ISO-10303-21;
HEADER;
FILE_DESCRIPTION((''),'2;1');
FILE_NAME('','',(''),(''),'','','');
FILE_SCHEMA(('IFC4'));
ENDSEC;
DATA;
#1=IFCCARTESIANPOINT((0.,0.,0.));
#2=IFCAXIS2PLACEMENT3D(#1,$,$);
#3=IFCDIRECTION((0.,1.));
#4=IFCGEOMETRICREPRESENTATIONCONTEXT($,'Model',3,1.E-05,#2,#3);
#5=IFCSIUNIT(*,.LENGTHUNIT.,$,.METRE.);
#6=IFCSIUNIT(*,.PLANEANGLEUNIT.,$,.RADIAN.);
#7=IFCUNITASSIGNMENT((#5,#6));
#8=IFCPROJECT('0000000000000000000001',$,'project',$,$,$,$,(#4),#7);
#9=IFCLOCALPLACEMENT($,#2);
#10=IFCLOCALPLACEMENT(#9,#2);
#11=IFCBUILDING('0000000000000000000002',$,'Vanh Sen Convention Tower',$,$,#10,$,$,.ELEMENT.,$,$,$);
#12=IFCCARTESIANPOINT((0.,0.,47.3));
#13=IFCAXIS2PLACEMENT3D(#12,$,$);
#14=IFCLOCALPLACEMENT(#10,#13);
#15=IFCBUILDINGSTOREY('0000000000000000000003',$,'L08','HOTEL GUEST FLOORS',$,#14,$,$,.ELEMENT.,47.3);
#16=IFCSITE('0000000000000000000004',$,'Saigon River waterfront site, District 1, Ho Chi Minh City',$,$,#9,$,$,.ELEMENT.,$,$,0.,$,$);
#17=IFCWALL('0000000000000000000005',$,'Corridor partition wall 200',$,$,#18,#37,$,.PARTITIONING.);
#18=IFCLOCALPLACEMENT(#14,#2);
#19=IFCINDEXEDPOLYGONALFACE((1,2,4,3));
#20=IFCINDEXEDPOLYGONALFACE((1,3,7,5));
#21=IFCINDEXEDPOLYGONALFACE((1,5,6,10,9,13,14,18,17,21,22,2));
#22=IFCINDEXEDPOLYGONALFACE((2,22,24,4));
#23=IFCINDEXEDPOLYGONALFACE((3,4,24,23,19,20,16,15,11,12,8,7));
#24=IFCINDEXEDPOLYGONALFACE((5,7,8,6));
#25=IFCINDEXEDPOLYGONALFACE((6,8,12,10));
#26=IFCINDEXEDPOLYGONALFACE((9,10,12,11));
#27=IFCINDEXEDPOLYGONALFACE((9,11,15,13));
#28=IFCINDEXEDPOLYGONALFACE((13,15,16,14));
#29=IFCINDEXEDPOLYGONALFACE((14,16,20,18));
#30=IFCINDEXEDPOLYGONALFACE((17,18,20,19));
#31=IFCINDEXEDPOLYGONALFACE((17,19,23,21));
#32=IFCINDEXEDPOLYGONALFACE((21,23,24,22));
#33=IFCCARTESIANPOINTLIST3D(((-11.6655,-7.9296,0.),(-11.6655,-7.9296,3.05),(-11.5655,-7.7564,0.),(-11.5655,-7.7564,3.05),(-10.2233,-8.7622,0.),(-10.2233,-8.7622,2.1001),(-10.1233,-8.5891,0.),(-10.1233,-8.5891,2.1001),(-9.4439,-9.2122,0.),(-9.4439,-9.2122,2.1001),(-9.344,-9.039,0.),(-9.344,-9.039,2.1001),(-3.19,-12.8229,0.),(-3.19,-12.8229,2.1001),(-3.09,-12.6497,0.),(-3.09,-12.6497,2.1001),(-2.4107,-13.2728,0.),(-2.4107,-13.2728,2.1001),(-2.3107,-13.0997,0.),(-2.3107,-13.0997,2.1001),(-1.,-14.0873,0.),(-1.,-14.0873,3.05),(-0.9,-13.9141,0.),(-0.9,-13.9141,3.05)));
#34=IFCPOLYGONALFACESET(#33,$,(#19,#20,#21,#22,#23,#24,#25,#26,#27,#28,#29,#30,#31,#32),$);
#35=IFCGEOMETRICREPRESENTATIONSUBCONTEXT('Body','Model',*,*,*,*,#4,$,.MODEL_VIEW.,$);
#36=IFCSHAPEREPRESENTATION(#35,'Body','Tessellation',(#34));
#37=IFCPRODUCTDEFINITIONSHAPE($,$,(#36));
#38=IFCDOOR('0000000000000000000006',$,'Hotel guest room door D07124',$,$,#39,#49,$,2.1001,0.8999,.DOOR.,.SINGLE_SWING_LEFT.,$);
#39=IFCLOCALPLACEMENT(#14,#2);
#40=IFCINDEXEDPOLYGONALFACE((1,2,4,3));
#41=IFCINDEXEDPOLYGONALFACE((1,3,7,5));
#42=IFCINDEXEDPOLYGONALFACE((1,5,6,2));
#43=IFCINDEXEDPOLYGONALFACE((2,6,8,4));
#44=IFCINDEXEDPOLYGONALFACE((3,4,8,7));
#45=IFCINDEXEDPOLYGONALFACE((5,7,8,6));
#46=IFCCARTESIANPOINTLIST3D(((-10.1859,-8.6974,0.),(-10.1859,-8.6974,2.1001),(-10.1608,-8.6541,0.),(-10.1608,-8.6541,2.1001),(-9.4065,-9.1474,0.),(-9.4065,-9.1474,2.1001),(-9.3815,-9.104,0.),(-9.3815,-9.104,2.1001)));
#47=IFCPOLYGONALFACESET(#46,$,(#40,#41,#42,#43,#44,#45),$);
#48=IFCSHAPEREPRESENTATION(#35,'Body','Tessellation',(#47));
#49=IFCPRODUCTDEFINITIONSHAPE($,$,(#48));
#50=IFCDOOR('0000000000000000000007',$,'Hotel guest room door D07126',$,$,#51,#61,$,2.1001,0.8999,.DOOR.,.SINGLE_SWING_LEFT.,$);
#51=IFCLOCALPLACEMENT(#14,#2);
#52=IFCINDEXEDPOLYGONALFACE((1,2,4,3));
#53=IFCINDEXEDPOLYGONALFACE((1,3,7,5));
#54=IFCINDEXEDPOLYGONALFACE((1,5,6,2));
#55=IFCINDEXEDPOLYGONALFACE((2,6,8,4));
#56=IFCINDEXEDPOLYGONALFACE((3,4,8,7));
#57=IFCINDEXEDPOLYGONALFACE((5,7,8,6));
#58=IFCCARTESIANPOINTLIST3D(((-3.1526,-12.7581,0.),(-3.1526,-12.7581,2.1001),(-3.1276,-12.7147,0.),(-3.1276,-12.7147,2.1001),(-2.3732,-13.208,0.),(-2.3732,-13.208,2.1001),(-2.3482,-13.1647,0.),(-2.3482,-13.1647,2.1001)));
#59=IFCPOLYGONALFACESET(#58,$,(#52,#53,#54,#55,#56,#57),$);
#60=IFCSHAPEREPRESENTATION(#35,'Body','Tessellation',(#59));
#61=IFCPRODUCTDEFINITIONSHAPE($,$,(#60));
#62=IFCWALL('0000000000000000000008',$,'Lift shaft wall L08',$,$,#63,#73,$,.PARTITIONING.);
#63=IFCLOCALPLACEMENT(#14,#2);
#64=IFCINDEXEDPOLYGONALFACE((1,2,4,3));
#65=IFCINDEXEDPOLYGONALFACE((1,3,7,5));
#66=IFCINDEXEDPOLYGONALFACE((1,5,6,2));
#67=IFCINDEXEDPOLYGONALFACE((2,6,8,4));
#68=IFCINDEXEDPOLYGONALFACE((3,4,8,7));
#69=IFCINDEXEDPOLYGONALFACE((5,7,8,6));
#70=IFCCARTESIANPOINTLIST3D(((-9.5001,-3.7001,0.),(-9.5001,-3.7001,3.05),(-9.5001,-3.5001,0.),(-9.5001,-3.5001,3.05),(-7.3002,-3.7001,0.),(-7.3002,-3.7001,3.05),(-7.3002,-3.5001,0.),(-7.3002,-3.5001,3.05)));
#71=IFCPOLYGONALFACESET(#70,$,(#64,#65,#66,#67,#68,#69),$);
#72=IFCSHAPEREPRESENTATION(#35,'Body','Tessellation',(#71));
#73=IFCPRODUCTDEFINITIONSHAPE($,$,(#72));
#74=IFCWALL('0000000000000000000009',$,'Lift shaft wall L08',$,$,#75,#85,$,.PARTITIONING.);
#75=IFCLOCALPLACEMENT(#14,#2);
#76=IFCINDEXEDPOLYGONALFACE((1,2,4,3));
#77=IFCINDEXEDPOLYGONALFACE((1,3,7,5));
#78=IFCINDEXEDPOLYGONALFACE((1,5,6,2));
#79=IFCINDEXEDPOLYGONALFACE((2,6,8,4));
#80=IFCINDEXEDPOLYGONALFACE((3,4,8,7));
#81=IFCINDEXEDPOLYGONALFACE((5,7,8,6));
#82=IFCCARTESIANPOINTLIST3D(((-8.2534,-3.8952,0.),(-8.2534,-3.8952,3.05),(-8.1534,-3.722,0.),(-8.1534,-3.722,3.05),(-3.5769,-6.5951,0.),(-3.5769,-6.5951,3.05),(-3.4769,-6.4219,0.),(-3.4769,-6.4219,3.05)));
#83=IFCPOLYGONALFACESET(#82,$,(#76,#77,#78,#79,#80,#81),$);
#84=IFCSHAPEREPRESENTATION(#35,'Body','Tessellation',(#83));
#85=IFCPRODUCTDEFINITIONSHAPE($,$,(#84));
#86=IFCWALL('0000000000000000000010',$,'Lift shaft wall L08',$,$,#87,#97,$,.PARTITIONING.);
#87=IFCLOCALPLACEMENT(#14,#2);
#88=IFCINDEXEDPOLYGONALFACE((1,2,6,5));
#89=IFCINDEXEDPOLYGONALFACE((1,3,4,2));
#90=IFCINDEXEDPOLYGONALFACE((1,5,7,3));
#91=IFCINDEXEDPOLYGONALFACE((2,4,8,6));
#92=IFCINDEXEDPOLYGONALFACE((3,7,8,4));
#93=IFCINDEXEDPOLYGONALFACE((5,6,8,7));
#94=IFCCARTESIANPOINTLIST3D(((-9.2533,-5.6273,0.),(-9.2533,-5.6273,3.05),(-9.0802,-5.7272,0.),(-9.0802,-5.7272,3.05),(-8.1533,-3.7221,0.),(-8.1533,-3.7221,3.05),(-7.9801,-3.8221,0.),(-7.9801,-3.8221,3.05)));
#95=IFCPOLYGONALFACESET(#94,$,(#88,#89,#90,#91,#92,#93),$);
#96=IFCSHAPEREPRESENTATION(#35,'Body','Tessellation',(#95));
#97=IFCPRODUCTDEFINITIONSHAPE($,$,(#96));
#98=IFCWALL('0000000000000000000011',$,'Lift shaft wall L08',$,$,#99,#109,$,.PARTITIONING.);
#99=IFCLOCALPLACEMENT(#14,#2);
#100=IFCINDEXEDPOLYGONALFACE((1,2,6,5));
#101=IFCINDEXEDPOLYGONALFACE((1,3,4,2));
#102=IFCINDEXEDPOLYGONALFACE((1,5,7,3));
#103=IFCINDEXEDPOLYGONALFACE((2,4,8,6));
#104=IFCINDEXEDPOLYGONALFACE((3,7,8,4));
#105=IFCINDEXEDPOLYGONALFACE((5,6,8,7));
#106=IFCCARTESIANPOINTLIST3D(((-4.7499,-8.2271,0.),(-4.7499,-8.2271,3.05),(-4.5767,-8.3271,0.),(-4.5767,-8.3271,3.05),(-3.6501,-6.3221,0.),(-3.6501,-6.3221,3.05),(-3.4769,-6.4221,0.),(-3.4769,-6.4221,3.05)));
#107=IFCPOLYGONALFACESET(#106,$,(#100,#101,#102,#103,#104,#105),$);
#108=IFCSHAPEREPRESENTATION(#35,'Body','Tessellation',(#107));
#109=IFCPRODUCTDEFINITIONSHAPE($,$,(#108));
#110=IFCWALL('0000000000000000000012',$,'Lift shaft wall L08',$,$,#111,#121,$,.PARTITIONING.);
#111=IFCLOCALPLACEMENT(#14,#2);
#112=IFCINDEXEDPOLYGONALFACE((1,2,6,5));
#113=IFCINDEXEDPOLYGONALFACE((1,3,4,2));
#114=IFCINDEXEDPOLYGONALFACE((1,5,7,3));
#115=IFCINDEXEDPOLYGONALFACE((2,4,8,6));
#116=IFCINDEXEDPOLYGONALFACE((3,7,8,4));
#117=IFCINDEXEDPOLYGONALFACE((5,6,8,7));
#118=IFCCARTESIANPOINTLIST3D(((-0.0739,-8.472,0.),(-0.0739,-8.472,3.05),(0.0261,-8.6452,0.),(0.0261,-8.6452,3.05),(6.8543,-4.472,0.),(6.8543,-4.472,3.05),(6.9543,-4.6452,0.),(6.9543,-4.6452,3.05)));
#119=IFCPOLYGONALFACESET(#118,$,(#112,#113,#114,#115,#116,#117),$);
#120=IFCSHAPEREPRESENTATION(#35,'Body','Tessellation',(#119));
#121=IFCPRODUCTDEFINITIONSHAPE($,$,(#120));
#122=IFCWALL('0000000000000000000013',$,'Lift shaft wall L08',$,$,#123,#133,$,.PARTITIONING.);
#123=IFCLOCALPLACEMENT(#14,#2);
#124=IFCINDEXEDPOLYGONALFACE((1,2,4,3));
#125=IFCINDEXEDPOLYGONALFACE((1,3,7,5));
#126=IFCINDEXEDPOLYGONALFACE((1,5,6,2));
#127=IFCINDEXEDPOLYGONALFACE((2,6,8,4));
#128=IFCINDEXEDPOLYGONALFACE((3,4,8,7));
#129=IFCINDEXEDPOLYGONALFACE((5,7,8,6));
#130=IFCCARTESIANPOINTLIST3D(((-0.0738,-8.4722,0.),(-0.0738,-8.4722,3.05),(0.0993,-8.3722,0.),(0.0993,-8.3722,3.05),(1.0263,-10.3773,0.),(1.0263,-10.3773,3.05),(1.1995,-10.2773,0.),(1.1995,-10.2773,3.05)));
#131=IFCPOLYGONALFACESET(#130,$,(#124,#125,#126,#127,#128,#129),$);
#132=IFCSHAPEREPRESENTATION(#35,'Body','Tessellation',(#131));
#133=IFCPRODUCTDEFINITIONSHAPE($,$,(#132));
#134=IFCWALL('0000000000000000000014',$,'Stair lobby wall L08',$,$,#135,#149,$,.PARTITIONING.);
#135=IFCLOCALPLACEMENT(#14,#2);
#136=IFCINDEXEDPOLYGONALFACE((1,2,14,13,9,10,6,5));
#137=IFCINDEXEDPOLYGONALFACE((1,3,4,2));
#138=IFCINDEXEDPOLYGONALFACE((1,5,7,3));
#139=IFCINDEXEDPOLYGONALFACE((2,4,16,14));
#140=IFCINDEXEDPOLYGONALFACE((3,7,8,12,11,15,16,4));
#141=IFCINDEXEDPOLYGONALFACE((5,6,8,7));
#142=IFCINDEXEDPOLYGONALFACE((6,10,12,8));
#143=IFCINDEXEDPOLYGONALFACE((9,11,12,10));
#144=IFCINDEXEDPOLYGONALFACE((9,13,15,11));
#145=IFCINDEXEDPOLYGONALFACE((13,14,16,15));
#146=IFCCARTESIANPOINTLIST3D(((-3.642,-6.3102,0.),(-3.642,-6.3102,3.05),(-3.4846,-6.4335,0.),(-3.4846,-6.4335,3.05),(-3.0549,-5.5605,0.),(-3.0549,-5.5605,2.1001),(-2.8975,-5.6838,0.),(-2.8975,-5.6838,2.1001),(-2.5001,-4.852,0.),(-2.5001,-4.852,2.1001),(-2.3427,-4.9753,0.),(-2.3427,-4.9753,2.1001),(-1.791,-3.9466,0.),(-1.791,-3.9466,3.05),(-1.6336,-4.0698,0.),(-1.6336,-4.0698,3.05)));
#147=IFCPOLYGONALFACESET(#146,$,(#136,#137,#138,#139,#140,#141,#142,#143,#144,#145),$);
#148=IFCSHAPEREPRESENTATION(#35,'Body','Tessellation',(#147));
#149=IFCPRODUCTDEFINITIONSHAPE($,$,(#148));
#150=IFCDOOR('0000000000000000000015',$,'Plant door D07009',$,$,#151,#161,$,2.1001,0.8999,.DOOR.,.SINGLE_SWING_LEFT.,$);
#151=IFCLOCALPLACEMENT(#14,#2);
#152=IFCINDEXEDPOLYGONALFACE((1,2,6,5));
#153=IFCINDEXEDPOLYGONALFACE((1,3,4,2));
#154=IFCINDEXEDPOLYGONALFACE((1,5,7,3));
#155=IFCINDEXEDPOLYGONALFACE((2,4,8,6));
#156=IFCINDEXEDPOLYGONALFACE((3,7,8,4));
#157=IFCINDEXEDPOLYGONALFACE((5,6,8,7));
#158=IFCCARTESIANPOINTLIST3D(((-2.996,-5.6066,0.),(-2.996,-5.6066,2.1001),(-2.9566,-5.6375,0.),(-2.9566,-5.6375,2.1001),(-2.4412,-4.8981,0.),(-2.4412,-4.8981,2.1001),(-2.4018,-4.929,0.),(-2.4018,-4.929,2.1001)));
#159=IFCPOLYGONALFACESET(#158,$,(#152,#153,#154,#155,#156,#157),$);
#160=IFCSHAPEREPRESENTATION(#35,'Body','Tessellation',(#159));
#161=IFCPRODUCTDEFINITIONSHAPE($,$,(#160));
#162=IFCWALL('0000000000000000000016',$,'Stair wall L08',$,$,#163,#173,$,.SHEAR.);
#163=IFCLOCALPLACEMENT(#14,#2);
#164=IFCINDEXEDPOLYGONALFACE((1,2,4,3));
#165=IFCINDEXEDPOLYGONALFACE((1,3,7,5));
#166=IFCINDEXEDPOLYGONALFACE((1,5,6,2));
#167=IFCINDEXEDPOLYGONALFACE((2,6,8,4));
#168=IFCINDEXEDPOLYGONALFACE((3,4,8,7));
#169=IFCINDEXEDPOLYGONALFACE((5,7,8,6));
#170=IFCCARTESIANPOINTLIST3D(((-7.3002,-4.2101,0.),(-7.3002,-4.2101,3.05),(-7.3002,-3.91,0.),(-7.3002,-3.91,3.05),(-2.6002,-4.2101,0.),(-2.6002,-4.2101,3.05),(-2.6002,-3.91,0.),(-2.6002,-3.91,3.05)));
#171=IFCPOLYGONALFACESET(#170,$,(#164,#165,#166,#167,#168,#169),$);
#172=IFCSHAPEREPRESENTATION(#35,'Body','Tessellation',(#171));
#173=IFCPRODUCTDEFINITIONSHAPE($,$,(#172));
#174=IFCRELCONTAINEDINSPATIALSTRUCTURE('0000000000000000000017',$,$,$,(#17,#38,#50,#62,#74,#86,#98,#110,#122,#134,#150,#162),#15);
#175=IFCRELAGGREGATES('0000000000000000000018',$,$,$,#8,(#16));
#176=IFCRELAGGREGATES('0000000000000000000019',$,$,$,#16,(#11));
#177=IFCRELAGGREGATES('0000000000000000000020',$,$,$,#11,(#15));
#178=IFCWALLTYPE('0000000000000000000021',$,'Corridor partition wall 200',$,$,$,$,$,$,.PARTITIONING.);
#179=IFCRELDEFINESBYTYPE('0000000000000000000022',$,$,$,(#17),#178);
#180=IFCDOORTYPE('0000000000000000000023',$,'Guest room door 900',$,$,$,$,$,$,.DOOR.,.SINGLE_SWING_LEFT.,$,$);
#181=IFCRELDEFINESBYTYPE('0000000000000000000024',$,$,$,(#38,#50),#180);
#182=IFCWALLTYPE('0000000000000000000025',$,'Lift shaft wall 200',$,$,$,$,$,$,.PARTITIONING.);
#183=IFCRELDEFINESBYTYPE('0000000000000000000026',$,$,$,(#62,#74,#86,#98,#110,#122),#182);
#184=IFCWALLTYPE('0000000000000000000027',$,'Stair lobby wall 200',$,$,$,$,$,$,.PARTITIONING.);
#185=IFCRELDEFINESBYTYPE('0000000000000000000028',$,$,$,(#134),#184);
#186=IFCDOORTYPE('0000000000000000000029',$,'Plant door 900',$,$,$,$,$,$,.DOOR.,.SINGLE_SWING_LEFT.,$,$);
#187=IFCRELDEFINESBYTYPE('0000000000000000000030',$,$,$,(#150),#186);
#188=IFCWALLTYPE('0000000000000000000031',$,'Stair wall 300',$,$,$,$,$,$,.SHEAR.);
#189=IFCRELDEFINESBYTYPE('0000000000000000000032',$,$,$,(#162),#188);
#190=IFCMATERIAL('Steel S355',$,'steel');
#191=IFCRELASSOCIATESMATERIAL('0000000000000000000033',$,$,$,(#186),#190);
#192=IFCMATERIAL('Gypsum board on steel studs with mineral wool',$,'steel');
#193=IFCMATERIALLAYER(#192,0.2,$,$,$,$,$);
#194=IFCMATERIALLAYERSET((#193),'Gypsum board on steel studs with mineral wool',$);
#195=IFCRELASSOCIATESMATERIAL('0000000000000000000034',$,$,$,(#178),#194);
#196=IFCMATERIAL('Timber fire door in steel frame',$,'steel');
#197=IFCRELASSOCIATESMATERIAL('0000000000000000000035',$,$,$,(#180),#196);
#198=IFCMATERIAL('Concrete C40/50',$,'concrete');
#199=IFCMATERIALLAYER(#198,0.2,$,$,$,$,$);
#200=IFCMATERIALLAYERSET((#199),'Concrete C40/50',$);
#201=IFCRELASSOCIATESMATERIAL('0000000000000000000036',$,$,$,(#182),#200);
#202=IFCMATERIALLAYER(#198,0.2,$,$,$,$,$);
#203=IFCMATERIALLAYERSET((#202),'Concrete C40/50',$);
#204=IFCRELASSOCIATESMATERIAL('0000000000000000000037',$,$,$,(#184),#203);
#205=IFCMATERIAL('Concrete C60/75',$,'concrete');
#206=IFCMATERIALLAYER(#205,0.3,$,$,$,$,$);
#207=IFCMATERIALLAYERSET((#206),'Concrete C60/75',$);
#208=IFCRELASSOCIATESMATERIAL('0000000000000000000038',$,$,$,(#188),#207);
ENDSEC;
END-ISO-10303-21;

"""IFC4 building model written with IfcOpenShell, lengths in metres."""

from ifc_helpers import new_model, si_unit, direction, frame, frame_2d, origin, place, context, subcontext, project, spatial, rectangle, extrude, material, layer, layer_set, type_object, element, fill, save


model = new_model("IFC4")

# Units and contexts
model_context = context("Model", 3, precision=1e-05, world=origin(), true_north=direction((0.0, 1.0)))
body_context = subcontext(model_context, "Body", "Model", "MODEL_VIEW")
ifc_project = project(units=[si_unit("LENGTHUNIT", "METRE"), si_unit("PLANEANGLEUNIT", "RADIAN")], contexts=[model_context])

# Site, building, storey
site_placement = place(None, origin())
site = spatial("IfcSite", under=ifc_project, at=site_placement, Name="Saigon River waterfront site, District 1, Ho Chi Minh City", CompositionType="ELEMENT", RefElevation=0.0)
building_placement = place(site_placement, origin())
building = spatial("IfcBuilding", under=site, at=building_placement, Name="Vanh Sen Convention Tower", CompositionType="ELEMENT")
storey_placement = place(building_placement, frame((0.0, 0.0, 47.3)))
storey = spatial("IfcBuildingStorey", under=building, at=storey_placement, Name="L08", Description="HOTEL GUEST FLOORS", CompositionType="ELEMENT", Elevation=47.3)

# Shared definitions
ifc_material_1 = material(Name="Concrete C40/50", Category="concrete")

# Shared definitions
ifc_material_2 = material(Name="Steel S355", Category="steel")
door_type_1 = type_object("IfcDoorType", Name="Plant door 900", OperationType="SINGLE_SWING_LEFT", PredefinedType="DOOR", material=ifc_material_2)

# Shared definitions
ifc_material_3 = material(Name="Gypsum board on steel studs with mineral wool", Category="steel")
ifc_layer_1 = layer(ifc_material_3, 0.2)
ifc_layer_set_1 = layer_set([ifc_layer_1], Name="Gypsum board on steel studs with mineral wool")
wall_type_1 = type_object("IfcWallType", Name="Corridor partition wall 200", PredefinedType="PARTITIONING", material=ifc_layer_set_1)
ifc_material_4 = material(Name="Timber fire door in steel frame", Category="steel")
door_type_2 = type_object("IfcDoorType", Name="Guest room door 900", OperationType="SINGLE_SWING_LEFT", PredefinedType="DOOR", material=ifc_material_4)

# Wall, openings, doors
wall_1_placement = place(storey_placement, frame((-11.6155, -7.843, 0.0), z_axis=(0.0, 0.0, 1.0), x_axis=(0.866026, -0.499998, 0.0)))
wall_1 = element("IfcWall", 1, at=wall_1_placement, inside=storey, type_object=wall_type_1, Name="Corridor partition wall 200", PredefinedType="PARTITIONING", context=body_context, shape_type="SweptSolid", body=[
    extrude(rectangle(XDim=12.3154, YDim=0.2, at=frame_2d((6.1577, 0.0))), origin(), (0.0, 0.0, 1.0), 3.05),
])
opening_1_placement = place(wall_1_placement, frame((1.6653, 0.0, 0.0)))
opening_1 = element("IfcOpeningElement", 2, at=opening_1_placement, cuts=wall_1, PredefinedType="OPENING", context=body_context, shape_type="SweptSolid", body=[
    extrude(rectangle(XDim=0.8999, YDim=2.1001, at=frame_2d((0.45, 1.05))), frame((0.0, 0.1099, 0.0), z_axis=(0.0, -1.0, 0.0), x_axis=(1.0, 0.0, 0.0)), (0.0, 0.0, 1.0), 0.22),
])
opening_2_placement = place(wall_1_placement, frame((9.7866, 0.0, 0.0)))
opening_2 = element("IfcOpeningElement", 3, at=opening_2_placement, cuts=wall_1, PredefinedType="OPENING", context=body_context, shape_type="SweptSolid", body=[
    extrude(rectangle(XDim=0.8999, YDim=2.1001, at=frame_2d((0.45, 1.05))), frame((0.0, 0.1099, 0.0), z_axis=(0.0, -1.0, 0.0), x_axis=(1.0, 0.0, 0.0)), (0.0, 0.0, 1.0), 0.22),
])
door_1_placement = place(opening_1_placement, origin())
door_1 = element("IfcDoor", 4, at=door_1_placement, inside=storey, type_object=door_type_2, Name="Hotel guest room door D07124", OperationType="SINGLE_SWING_LEFT", OverallHeight=2.1001, OverallWidth=0.8999, PredefinedType="DOOR", context=body_context, shape_type="SweptSolid", body=[
    extrude(rectangle(XDim=0.8999, YDim=2.1001, at=frame_2d((0.45, 1.05))), frame((0.0, 0.0249, 0.0), z_axis=(0.0, -1.0, 0.0), x_axis=(1.0, 0.0, 0.0)), (0.0, 0.0, 1.0), 0.05),
])
fill(opening_1, door_1)
door_2_placement = place(opening_2_placement, origin())
door_2 = element("IfcDoor", 5, at=door_2_placement, inside=storey, type_object=door_type_2, Name="Hotel guest room door D07126", OperationType="SINGLE_SWING_LEFT", OverallHeight=2.1001, OverallWidth=0.8999, PredefinedType="DOOR", context=body_context, shape_type="SweptSolid", body=[
    extrude(rectangle(XDim=0.8999, YDim=2.1001, at=frame_2d((0.45, 1.05))), frame((0.0, 0.0249, 0.0), z_axis=(0.0, -1.0, 0.0), x_axis=(1.0, 0.0, 0.0)), (0.0, 0.0, 1.0), 0.05),
])
fill(opening_2, door_2)

# Walls
ifc_layer_2 = layer(ifc_material_1, 0.2)
ifc_layer_set_2 = layer_set([ifc_layer_2], Name="Concrete C40/50")
wall_type_2 = type_object("IfcWallType", Name="Lift shaft wall 200", PredefinedType="PARTITIONING", material=ifc_layer_set_2)
wall_2_placement = place(storey_placement, frame((-7.3, -3.6001, 0.0), z_axis=(0.0, 0.0, 1.0), x_axis=(-1.0, 0.0, 0.0)))
element("IfcWall", 6, at=wall_2_placement, inside=storey, type_object=wall_type_2, Name="Lift shaft wall L08", PredefinedType="PARTITIONING", context=body_context, shape_type="SweptSolid", body=[
    extrude(rectangle(XDim=2.2, YDim=0.2, at=frame_2d((1.1001, 0.0))), origin(), (0.0, 0.0, 1.0), 3.05),
])
wall_3_placement = place(storey_placement, frame((-8.2034, -3.8086, 0.0), z_axis=(0.0, 0.0, 1.0), x_axis=(0.866028, -0.499995, 0.0)))
element("IfcWall", 7, at=wall_3_placement, inside=storey, type_object=wall_type_2, Name="Lift shaft wall L08", PredefinedType="PARTITIONING", context=body_context, shape_type="SweptSolid", body=[
    extrude(rectangle(XDim=5.3999, YDim=0.2, at=frame_2d((2.7, 0.0))), origin(), (0.0, 0.0, 1.0), 3.05),
])
wall_4_placement = place(storey_placement, frame((-8.0667, -3.772, 0.0), z_axis=(0.0, 0.0, 1.0), x_axis=(-0.50003, -0.866008, 0.0)))
element("IfcWall", 8, at=wall_4_placement, inside=storey, type_object=wall_type_2, Name="Lift shaft wall L08", PredefinedType="PARTITIONING", context=body_context, shape_type="SweptSolid", body=[
    extrude(rectangle(XDim=2.2, YDim=0.2, at=frame_2d((1.1001, 0.0))), origin(), (0.0, 0.0, 1.0), 3.05),
])
wall_5_placement = place(storey_placement, frame((-3.5635, -6.3721, 0.0), z_axis=(0.0, 0.0, 1.0), x_axis=(-0.499995, -0.866028, 0.0)))
element("IfcWall", 9, at=wall_5_placement, inside=storey, type_object=wall_type_2, Name="Lift shaft wall L08", PredefinedType="PARTITIONING", context=body_context, shape_type="SweptSolid", body=[
    extrude(rectangle(XDim=2.1997, YDim=0.2, at=frame_2d((1.0999, 0.0))), origin(), (0.0, 0.0, 1.0), 3.05),
])
wall_6_placement = place(storey_placement, frame((-0.0239, -8.5586, 0.0), z_axis=(0.0, 0.0, 1.0), x_axis=(0.866026, 0.499999, 0.0)))
element("IfcWall", 10, at=wall_6_placement, inside=storey, type_object=wall_type_2, Name="Lift shaft wall L08", PredefinedType="PARTITIONING", context=body_context, shape_type="SweptSolid", body=[
    extrude(rectangle(XDim=8.0, YDim=0.2, at=frame_2d((4.0, 0.0))), origin(), (0.0, 0.0, 1.0), 3.05),
])
wall_7_placement = place(storey_placement, frame((0.0127, -8.4221, 0.0), z_axis=(0.0, 0.0, 1.0), x_axis=(0.500078, -0.86598, 0.0)))
element("IfcWall", 11, at=wall_7_placement, inside=storey, type_object=wall_type_2, Name="Lift shaft wall L08", PredefinedType="PARTITIONING", context=body_context, shape_type="SweptSolid", body=[
    extrude(rectangle(XDim=2.2, YDim=0.2, at=frame_2d((1.1001, 0.0))), origin(), (0.0, 0.0, 1.0), 3.05),
])

# Wall, opening, door
ifc_layer_3 = layer(ifc_material_1, 0.2)
ifc_layer_set_3 = layer_set([ifc_layer_3], Name="Concrete C40/50")
wall_type_3 = type_object("IfcWallType", Name="Stair lobby wall 200", PredefinedType="PARTITIONING", material=ifc_layer_set_3)
wall_8_placement = place(storey_placement, frame((-1.7124, -4.0083, 0.0), z_axis=(0.0, 0.0, 1.0), x_axis=(-0.616549, -0.787316, 0.0)))
wall_8 = element("IfcWall", 12, at=wall_8_placement, inside=storey, type_object=wall_type_3, Name="Stair lobby wall L08", PredefinedType="PARTITIONING", context=body_context, shape_type="SweptSolid", body=[
    extrude(rectangle(XDim=3.0022, YDim=0.2, at=frame_2d((1.501, 0.0))), origin(), (0.0, 0.0, 1.0), 3.05),
])
opening_3_placement = place(wall_8_placement, frame((1.1499, 0.0, 0.0)))
opening_3 = element("IfcOpeningElement", 13, at=opening_3_placement, cuts=wall_8, PredefinedType="OPENING", context=body_context, shape_type="SweptSolid", body=[
    extrude(rectangle(XDim=0.8999, YDim=2.1001, at=frame_2d((0.45, 1.05))), frame((0.0, 0.1099, 0.0), z_axis=(0.0, -1.0, 0.0), x_axis=(1.0, 0.0, 0.0)), (0.0, 0.0, 1.0), 0.22),
])
door_3_placement = place(opening_3_placement, origin())
door_3 = element("IfcDoor", 14, at=door_3_placement, inside=storey, type_object=door_type_1, Name="Plant door D07009", OperationType="SINGLE_SWING_LEFT", OverallHeight=2.1001, OverallWidth=0.8999, PredefinedType="DOOR", context=body_context, shape_type="SweptSolid", body=[
    extrude(rectangle(XDim=0.8999, YDim=2.1001, at=frame_2d((0.45, 1.05))), frame((0.0, 0.0249, 0.0), z_axis=(0.0, -1.0, 0.0), x_axis=(1.0, 0.0, 0.0)), (0.0, 0.0, 1.0), 0.05),
])
fill(opening_3, door_3)

# Wall
ifc_material_5 = material(Name="Concrete C60/75", Category="concrete")
ifc_layer_4 = layer(ifc_material_5, 0.3)
ifc_layer_set_4 = layer_set([ifc_layer_4], Name="Concrete C60/75")
wall_type_4 = type_object("IfcWallType", Name="Stair wall 300", PredefinedType="SHEAR", material=ifc_layer_set_4)
wall_9_placement = place(storey_placement, frame((-2.6001, -4.0601, 0.0), z_axis=(0.0, 0.0, 1.0), x_axis=(-1.0, 0.0, 0.0)))
element("IfcWall", 15, at=wall_9_placement, inside=storey, type_object=wall_type_4, Name="Stair wall L08", PredefinedType="SHEAR", context=body_context, shape_type="SweptSolid", body=[
    extrude(rectangle(XDim=4.7, YDim=0.3, at=frame_2d((2.3501, 0.0))), origin(), (0.0, 0.0, 1.0), 3.05),
])

save(model, "model.ifc")
